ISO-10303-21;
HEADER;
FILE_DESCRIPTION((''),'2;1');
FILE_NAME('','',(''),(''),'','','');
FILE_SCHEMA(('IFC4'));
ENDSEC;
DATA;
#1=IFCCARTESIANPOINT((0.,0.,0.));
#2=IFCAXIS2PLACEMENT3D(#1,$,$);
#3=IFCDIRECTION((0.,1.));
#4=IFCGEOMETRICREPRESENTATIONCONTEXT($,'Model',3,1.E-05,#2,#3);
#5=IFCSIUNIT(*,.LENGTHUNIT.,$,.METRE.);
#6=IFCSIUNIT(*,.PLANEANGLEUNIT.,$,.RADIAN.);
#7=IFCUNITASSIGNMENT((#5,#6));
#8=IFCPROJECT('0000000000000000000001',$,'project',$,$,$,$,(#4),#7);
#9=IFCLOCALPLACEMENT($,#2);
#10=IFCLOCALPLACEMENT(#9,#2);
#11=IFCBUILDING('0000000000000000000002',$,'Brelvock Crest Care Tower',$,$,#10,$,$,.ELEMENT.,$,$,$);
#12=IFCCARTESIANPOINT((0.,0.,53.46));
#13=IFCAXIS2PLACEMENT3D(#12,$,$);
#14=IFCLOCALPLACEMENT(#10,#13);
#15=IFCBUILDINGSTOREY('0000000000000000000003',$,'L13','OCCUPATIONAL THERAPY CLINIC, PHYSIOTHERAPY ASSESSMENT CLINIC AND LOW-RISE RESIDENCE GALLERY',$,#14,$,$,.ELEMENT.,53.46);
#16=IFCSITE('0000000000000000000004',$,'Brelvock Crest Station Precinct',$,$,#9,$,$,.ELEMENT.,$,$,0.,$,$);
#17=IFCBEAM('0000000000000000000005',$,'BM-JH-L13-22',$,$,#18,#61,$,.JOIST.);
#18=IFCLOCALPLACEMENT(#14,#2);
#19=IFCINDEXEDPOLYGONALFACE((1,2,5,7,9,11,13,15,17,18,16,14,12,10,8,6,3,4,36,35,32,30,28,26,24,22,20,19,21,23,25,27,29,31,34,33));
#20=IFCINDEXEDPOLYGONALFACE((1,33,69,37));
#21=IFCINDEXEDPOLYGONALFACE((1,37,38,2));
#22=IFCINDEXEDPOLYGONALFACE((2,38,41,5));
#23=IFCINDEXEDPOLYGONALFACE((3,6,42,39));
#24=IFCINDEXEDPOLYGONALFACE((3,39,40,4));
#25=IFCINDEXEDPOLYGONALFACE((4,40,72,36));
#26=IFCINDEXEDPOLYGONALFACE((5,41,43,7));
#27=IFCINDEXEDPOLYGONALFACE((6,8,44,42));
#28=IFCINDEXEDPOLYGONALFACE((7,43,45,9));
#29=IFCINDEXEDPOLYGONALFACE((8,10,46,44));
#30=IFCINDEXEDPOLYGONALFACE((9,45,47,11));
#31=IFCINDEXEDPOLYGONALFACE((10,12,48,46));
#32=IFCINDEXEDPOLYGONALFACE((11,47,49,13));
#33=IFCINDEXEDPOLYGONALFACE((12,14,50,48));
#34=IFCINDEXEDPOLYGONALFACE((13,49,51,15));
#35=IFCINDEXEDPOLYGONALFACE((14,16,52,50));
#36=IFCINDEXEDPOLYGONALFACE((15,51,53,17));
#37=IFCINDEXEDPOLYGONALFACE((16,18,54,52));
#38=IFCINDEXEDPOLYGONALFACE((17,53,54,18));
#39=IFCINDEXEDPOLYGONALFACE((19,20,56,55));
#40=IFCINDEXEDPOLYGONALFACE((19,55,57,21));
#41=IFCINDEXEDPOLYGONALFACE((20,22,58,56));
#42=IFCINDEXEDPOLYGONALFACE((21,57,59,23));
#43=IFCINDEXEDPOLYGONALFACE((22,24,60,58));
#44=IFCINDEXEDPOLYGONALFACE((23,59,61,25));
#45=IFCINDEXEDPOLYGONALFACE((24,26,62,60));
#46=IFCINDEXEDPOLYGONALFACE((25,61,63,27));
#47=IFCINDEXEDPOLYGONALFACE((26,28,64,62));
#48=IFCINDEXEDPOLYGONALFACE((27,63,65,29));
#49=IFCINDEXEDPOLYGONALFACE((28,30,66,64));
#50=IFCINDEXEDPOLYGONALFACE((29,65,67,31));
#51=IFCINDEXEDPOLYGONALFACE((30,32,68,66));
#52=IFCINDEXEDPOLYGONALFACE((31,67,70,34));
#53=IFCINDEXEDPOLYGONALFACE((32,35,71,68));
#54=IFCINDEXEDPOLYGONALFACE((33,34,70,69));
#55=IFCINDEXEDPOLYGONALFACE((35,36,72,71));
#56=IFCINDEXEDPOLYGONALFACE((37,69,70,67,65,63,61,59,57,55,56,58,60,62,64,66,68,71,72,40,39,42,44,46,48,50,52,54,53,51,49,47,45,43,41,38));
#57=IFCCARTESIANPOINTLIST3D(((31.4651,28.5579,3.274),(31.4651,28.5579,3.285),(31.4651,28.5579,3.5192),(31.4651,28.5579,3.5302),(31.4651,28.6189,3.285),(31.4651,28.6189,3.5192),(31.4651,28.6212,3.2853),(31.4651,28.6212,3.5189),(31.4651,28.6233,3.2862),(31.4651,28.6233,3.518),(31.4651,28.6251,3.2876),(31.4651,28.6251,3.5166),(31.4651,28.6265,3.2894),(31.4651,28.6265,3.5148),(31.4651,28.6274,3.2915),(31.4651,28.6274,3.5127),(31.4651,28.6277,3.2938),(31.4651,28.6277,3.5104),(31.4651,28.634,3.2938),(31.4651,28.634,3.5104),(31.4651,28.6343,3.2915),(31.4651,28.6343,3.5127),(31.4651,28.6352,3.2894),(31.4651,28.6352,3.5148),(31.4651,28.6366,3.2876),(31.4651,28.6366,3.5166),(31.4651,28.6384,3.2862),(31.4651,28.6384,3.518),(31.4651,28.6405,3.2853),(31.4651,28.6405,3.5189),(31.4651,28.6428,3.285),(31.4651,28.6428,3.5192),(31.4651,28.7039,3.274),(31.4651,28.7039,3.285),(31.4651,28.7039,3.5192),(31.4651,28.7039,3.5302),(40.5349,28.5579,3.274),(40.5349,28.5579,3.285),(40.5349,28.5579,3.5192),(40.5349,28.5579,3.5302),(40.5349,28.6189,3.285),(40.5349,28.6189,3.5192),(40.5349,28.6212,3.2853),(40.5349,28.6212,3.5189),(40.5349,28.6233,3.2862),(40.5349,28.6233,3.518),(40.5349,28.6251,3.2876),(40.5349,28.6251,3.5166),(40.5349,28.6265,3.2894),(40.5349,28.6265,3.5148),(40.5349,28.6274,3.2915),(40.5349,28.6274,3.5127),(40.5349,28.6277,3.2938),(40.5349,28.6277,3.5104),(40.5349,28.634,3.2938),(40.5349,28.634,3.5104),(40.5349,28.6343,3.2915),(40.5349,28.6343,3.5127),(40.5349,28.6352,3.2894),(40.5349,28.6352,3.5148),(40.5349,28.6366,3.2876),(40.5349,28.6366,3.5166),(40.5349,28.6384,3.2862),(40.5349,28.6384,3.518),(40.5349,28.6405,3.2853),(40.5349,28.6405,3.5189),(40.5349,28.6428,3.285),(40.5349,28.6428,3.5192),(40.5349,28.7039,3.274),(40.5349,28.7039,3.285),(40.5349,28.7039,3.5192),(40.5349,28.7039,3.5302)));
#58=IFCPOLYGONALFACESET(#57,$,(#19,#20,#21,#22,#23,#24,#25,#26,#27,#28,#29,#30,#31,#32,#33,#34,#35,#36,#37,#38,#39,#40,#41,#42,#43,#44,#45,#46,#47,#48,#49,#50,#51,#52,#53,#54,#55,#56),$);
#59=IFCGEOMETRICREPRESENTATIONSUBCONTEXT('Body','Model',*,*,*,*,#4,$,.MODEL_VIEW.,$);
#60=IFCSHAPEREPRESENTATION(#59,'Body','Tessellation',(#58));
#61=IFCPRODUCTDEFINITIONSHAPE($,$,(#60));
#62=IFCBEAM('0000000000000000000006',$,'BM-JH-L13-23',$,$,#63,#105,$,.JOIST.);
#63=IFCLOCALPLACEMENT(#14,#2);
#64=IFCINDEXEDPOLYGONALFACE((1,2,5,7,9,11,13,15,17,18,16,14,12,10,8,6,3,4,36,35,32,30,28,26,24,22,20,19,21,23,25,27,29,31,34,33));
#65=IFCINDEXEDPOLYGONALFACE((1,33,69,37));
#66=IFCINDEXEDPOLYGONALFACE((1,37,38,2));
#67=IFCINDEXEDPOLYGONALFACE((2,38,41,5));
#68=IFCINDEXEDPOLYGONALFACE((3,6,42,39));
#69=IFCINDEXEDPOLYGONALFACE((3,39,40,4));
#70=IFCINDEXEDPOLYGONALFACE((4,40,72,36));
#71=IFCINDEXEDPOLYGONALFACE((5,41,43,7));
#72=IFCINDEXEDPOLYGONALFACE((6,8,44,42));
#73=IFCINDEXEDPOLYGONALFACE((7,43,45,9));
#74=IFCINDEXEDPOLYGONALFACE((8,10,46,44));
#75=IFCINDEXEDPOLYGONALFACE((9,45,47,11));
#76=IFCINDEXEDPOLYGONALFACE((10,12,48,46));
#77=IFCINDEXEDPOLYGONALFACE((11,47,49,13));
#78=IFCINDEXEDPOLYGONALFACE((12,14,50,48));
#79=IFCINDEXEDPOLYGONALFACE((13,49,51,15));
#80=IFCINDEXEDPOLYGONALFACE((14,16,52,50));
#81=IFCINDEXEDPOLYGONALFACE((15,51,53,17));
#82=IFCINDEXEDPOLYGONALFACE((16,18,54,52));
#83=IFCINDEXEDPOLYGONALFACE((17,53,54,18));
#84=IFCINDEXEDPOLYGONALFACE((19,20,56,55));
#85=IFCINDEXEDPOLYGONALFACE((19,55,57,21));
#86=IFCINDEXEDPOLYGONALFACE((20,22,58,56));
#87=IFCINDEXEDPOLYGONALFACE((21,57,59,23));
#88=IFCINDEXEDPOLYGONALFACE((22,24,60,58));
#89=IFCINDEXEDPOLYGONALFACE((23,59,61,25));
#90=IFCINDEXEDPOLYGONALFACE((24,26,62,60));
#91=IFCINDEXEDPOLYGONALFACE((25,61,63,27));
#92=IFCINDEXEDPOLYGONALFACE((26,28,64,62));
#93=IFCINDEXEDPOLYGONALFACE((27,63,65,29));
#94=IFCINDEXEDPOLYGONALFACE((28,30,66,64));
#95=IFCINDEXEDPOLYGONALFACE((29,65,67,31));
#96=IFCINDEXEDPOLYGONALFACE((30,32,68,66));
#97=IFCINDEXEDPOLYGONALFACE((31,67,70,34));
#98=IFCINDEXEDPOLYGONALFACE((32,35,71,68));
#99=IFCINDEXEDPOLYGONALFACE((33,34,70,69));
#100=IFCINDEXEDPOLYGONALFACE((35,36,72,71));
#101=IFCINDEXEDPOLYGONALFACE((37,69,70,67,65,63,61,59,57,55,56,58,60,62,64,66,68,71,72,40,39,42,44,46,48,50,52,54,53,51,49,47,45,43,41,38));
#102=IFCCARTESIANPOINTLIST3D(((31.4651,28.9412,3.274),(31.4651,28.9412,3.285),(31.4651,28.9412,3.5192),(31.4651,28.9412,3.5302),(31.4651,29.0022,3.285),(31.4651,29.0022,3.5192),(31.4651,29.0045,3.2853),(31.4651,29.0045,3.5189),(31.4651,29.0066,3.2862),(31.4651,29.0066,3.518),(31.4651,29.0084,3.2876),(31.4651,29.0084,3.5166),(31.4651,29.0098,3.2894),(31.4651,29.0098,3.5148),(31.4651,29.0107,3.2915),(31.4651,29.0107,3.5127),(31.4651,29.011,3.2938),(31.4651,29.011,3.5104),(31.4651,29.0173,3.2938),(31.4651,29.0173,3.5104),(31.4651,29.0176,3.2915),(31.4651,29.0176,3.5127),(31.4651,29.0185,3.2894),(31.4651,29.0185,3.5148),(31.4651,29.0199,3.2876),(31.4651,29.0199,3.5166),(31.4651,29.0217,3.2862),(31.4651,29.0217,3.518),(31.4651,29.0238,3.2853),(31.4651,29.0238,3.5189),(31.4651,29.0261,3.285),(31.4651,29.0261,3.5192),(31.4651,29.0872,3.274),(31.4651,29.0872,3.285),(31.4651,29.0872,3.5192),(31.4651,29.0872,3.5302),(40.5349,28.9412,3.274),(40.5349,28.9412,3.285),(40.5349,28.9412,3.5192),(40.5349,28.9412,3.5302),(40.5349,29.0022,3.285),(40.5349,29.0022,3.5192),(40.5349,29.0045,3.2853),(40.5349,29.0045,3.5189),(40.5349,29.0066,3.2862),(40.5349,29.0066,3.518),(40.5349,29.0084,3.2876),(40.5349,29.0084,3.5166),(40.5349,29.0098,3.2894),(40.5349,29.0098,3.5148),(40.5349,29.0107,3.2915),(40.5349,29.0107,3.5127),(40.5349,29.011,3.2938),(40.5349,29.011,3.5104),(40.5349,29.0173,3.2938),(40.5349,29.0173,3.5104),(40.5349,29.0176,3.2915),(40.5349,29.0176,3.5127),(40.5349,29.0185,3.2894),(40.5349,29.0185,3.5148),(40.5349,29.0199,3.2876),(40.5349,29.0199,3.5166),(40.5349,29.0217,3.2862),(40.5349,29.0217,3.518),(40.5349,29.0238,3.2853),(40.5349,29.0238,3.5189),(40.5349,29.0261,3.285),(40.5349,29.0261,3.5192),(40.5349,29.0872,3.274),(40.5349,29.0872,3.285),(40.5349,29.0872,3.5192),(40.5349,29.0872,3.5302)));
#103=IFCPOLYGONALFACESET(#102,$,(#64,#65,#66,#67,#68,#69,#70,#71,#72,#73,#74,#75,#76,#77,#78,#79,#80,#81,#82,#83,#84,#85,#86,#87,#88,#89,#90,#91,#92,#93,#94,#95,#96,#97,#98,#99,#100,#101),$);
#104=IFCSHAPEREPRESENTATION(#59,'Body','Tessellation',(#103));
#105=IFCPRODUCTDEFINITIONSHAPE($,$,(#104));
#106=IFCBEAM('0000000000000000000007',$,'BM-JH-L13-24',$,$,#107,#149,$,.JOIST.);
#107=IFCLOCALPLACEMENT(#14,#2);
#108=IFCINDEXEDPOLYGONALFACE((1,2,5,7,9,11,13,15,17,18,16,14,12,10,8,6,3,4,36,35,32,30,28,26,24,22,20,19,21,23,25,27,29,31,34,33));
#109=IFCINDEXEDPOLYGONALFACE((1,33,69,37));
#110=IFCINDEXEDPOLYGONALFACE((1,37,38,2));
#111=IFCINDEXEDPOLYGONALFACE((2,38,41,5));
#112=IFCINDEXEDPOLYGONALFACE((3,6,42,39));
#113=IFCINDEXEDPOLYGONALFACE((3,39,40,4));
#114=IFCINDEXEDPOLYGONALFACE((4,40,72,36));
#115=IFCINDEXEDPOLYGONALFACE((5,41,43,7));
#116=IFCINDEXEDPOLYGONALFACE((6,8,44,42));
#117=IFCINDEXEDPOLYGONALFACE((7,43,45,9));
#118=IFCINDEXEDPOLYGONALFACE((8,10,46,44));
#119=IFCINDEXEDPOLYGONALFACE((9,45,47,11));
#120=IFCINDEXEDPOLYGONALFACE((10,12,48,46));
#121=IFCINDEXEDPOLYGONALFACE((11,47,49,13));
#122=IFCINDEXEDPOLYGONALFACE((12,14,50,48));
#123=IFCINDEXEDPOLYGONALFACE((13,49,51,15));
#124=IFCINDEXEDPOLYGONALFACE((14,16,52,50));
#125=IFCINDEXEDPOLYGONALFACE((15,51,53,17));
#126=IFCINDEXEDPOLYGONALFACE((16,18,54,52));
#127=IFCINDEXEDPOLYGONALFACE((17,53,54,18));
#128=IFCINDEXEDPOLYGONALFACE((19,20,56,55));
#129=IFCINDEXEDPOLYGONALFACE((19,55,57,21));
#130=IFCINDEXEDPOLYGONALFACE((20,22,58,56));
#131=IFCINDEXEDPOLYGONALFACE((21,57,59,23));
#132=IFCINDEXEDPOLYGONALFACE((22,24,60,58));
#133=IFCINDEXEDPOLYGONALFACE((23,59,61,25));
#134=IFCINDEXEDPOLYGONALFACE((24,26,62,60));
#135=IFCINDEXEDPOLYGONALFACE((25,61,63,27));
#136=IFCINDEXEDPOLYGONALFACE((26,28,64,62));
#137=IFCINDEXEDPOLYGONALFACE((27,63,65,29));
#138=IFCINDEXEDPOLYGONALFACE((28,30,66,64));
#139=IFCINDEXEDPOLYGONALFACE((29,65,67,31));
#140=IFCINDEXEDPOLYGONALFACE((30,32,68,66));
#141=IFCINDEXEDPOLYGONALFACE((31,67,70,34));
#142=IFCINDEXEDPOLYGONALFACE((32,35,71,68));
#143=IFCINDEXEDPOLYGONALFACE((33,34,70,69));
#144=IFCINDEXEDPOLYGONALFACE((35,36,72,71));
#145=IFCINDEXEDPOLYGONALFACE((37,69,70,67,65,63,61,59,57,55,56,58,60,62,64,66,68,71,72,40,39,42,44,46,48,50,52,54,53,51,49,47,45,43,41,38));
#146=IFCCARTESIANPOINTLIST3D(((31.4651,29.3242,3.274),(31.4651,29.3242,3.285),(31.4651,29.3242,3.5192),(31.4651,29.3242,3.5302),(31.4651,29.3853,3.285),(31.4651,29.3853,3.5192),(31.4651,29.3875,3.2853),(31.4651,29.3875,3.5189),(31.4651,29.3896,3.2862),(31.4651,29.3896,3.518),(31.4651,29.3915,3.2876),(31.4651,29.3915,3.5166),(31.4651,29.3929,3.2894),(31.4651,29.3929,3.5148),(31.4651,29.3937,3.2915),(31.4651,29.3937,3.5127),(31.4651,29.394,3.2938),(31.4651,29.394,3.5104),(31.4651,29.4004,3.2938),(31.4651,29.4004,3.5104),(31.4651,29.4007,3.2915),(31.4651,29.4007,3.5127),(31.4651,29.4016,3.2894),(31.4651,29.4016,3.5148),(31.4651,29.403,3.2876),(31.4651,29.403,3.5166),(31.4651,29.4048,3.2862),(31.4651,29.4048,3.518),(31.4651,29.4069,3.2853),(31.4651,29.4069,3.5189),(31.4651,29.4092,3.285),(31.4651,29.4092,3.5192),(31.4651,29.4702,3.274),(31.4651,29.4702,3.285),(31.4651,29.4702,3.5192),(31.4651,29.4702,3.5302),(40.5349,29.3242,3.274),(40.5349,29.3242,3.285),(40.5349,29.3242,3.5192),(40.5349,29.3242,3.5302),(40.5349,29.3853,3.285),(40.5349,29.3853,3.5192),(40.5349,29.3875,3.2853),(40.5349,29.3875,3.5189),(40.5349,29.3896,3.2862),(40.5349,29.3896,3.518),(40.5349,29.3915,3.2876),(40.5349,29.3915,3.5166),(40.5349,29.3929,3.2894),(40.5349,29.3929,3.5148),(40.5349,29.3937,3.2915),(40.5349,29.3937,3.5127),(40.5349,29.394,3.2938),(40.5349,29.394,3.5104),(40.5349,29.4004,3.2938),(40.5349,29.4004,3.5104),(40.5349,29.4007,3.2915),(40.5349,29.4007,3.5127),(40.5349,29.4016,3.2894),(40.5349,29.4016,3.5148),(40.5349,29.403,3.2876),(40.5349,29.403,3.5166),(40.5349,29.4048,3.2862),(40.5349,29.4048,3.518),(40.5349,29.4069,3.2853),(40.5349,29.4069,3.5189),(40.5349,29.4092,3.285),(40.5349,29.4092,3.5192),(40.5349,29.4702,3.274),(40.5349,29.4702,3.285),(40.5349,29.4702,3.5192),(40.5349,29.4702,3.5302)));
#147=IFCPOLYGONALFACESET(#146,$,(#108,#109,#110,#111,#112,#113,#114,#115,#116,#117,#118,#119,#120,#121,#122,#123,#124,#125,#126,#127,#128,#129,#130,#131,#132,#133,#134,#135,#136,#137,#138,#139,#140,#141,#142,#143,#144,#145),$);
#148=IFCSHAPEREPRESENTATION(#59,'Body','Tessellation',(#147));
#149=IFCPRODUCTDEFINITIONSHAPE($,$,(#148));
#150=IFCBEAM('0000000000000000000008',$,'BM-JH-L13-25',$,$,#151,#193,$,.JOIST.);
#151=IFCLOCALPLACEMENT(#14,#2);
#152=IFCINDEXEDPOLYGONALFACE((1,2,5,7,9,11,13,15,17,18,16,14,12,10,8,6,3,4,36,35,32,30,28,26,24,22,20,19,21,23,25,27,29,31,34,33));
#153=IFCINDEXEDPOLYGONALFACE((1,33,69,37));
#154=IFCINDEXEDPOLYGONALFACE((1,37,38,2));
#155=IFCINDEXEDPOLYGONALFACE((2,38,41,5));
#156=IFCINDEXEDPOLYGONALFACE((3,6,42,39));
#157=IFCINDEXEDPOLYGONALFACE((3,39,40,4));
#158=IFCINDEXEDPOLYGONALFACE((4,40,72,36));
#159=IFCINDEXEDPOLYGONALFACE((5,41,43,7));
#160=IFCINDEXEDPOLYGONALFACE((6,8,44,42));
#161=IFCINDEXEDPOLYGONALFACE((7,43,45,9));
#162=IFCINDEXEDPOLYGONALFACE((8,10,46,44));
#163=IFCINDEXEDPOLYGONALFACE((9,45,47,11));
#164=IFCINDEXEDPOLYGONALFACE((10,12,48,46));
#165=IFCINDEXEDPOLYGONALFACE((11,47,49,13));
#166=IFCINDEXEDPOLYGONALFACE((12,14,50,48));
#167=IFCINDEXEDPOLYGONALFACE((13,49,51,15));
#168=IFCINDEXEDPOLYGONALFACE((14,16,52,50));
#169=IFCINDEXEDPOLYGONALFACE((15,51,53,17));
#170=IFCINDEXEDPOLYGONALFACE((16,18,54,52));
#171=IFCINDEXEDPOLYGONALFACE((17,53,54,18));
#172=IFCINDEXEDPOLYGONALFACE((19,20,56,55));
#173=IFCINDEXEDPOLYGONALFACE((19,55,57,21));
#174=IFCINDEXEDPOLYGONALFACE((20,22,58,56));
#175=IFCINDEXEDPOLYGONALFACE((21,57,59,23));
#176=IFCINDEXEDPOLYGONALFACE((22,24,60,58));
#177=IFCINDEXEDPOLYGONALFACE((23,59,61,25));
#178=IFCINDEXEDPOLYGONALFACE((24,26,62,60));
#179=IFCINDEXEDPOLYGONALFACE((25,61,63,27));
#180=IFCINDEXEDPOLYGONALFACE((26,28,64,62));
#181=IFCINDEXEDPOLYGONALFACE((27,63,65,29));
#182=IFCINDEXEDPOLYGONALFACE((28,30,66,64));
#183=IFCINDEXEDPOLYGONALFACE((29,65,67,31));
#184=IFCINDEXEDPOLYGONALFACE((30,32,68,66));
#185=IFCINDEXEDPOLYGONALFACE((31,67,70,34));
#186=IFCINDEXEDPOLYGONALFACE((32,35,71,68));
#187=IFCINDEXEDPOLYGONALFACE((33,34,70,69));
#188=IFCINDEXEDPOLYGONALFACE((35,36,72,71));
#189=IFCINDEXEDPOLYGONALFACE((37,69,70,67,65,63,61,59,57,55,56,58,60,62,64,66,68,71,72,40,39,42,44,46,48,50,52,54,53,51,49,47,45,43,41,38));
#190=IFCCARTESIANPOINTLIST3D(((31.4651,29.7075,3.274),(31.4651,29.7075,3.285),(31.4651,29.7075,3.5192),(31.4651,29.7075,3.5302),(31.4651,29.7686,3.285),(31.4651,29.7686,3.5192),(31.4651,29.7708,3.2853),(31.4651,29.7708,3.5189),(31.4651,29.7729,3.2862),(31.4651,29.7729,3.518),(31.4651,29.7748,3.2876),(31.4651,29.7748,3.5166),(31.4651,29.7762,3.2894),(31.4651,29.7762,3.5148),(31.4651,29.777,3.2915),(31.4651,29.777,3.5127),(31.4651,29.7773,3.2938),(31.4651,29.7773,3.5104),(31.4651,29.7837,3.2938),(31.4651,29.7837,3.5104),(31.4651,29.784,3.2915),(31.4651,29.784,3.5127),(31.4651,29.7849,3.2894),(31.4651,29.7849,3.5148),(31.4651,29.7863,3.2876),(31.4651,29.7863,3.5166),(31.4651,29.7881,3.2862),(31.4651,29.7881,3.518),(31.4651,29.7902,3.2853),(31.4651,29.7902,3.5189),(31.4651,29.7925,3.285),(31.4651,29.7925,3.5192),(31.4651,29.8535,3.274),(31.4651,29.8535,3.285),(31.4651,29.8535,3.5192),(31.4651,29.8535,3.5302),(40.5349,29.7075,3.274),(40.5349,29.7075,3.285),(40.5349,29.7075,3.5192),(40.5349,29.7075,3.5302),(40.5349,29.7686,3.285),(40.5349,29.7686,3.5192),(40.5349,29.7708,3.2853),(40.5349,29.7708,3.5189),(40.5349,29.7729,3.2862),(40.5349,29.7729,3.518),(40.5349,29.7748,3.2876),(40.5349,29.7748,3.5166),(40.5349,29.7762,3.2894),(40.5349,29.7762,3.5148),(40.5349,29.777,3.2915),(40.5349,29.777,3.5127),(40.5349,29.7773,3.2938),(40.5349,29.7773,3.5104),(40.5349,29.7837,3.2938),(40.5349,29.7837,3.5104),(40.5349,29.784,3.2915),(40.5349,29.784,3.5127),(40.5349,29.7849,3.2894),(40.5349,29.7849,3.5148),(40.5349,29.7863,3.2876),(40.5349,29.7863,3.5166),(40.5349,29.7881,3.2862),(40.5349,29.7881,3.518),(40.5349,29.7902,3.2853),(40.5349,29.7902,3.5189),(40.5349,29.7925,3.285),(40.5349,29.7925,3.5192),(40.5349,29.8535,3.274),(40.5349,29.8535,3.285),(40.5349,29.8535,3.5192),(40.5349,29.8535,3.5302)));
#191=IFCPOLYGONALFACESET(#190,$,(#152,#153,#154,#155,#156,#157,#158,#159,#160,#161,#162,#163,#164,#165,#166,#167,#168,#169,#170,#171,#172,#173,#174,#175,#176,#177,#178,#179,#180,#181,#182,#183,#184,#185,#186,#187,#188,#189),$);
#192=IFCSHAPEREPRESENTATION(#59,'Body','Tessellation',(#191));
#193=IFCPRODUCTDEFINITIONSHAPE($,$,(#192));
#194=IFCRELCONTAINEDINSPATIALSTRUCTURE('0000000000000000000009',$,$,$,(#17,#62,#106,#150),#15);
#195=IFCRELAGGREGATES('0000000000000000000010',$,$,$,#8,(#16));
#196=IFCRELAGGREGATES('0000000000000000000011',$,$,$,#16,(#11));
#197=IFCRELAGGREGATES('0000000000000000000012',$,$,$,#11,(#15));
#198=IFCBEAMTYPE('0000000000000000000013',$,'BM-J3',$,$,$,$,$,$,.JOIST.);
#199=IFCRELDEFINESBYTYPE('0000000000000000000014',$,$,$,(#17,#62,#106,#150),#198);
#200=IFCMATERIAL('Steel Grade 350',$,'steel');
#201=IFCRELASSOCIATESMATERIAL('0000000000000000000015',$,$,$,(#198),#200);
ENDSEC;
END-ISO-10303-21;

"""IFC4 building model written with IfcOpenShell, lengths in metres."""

from ifc_helpers import new_model, si_unit, direction, frame, origin, origin_2d, place, context, subcontext, project, spatial, i_section, extrude, source, transform, mapped, material, material_profile, profile_set, type_object, element, save


model = new_model("IFC4")

# Units and contexts
model_context = context("Model", 3, precision=1e-05, world=origin(), true_north=direction((0.0, 1.0)))
body_context = subcontext(model_context, "Body", "Model", "MODEL_VIEW")
ifc_project = project(units=[si_unit("LENGTHUNIT", "METRE"), si_unit("PLANEANGLEUNIT", "RADIAN")], contexts=[model_context])

# Site, building, storey
site_placement = place(None, origin())
site = spatial("IfcSite", under=ifc_project, at=site_placement, Name="Brelvock Crest Station Precinct", CompositionType="ELEMENT", RefElevation=0.0)
building_placement = place(site_placement, origin())
building = spatial("IfcBuilding", under=site, at=building_placement, Name="Brelvock Crest Care Tower", CompositionType="ELEMENT")
storey_placement = place(building_placement, frame((0.0, 0.0, 53.46)))
storey = spatial("IfcBuildingStorey", under=building, at=storey_placement, Name="L13", Description="OCCUPATIONAL THERAPY CLINIC, PHYSIOTHERAPY ASSESSMENT CLINIC AND LOW-RISE RESIDENCE GALLERY", CompositionType="ELEMENT", Elevation=53.46)

# Beams
ifc_material_1 = material(Name="Steel Grade 350", Category="steel")
ifc_material_profile = material_profile(ifc_material_1, i_section(OverallWidth=0.146, OverallDepth=0.2561, WebThickness=0.0063, FlangeThickness=0.011, FilletRadius=0.0088, at=origin_2d()), Name="250UB37.3")
ifc_profile_set = profile_set([ifc_material_profile], Name="Steel Grade 350")
beam_type = type_object("IfcBeamType", Name="BM-J3", PredefinedType="JOIST", material=ifc_profile_set)
shared_shape_1 = source(origin(), body_context, "Body", "SweptSolid", [
    extrude(i_section(OverallWidth=0.146, OverallDepth=0.2561, WebThickness=0.0063, FlangeThickness=0.011, FilletRadius=0.0088, at=origin_2d()), origin(), (0.0, 0.0, 1.0), 9.0698),
])
for number, where, z_axis, x_axis, name in (
    (1, (31.4651, 28.6309, 3.4021), (1.0, 0.0, 0.0), (0.0, 1.0, 0.0), "BM-JH-L13-22"),
    (2, (31.4651, 29.0142, 3.4021), (1.0, 0.0, 0.0), (0.0, 1.0, 0.0), "BM-JH-L13-23"),
    (3, (31.4651, 29.3972, 3.4021), (1.0, 0.0, 0.0), (0.0, 1.0, 0.0), "BM-JH-L13-24"),
    (4, (31.4651, 29.7805, 3.4021), (1.0, 0.0, 0.0), (0.0, 1.0, 0.0), "BM-JH-L13-25"),
):
    element("IfcBeam", number, at=place(storey_placement, frame(where, z_axis=z_axis, x_axis=x_axis)), inside=storey, type_object=beam_type, Name=name, PredefinedType="JOIST", context=body_context, shape_type="MappedRepresentation", body=[
        mapped(shared_shape_1, transform((0.0, 0.0, 0.0), x_axis=(1.0, 0.0, 0.0), y_axis=(0.0, 1.0, 0.0), z_axis=(0.0, 0.0, 1.0), scale=1.0)),
    ])

save(model, "model.ifc")
